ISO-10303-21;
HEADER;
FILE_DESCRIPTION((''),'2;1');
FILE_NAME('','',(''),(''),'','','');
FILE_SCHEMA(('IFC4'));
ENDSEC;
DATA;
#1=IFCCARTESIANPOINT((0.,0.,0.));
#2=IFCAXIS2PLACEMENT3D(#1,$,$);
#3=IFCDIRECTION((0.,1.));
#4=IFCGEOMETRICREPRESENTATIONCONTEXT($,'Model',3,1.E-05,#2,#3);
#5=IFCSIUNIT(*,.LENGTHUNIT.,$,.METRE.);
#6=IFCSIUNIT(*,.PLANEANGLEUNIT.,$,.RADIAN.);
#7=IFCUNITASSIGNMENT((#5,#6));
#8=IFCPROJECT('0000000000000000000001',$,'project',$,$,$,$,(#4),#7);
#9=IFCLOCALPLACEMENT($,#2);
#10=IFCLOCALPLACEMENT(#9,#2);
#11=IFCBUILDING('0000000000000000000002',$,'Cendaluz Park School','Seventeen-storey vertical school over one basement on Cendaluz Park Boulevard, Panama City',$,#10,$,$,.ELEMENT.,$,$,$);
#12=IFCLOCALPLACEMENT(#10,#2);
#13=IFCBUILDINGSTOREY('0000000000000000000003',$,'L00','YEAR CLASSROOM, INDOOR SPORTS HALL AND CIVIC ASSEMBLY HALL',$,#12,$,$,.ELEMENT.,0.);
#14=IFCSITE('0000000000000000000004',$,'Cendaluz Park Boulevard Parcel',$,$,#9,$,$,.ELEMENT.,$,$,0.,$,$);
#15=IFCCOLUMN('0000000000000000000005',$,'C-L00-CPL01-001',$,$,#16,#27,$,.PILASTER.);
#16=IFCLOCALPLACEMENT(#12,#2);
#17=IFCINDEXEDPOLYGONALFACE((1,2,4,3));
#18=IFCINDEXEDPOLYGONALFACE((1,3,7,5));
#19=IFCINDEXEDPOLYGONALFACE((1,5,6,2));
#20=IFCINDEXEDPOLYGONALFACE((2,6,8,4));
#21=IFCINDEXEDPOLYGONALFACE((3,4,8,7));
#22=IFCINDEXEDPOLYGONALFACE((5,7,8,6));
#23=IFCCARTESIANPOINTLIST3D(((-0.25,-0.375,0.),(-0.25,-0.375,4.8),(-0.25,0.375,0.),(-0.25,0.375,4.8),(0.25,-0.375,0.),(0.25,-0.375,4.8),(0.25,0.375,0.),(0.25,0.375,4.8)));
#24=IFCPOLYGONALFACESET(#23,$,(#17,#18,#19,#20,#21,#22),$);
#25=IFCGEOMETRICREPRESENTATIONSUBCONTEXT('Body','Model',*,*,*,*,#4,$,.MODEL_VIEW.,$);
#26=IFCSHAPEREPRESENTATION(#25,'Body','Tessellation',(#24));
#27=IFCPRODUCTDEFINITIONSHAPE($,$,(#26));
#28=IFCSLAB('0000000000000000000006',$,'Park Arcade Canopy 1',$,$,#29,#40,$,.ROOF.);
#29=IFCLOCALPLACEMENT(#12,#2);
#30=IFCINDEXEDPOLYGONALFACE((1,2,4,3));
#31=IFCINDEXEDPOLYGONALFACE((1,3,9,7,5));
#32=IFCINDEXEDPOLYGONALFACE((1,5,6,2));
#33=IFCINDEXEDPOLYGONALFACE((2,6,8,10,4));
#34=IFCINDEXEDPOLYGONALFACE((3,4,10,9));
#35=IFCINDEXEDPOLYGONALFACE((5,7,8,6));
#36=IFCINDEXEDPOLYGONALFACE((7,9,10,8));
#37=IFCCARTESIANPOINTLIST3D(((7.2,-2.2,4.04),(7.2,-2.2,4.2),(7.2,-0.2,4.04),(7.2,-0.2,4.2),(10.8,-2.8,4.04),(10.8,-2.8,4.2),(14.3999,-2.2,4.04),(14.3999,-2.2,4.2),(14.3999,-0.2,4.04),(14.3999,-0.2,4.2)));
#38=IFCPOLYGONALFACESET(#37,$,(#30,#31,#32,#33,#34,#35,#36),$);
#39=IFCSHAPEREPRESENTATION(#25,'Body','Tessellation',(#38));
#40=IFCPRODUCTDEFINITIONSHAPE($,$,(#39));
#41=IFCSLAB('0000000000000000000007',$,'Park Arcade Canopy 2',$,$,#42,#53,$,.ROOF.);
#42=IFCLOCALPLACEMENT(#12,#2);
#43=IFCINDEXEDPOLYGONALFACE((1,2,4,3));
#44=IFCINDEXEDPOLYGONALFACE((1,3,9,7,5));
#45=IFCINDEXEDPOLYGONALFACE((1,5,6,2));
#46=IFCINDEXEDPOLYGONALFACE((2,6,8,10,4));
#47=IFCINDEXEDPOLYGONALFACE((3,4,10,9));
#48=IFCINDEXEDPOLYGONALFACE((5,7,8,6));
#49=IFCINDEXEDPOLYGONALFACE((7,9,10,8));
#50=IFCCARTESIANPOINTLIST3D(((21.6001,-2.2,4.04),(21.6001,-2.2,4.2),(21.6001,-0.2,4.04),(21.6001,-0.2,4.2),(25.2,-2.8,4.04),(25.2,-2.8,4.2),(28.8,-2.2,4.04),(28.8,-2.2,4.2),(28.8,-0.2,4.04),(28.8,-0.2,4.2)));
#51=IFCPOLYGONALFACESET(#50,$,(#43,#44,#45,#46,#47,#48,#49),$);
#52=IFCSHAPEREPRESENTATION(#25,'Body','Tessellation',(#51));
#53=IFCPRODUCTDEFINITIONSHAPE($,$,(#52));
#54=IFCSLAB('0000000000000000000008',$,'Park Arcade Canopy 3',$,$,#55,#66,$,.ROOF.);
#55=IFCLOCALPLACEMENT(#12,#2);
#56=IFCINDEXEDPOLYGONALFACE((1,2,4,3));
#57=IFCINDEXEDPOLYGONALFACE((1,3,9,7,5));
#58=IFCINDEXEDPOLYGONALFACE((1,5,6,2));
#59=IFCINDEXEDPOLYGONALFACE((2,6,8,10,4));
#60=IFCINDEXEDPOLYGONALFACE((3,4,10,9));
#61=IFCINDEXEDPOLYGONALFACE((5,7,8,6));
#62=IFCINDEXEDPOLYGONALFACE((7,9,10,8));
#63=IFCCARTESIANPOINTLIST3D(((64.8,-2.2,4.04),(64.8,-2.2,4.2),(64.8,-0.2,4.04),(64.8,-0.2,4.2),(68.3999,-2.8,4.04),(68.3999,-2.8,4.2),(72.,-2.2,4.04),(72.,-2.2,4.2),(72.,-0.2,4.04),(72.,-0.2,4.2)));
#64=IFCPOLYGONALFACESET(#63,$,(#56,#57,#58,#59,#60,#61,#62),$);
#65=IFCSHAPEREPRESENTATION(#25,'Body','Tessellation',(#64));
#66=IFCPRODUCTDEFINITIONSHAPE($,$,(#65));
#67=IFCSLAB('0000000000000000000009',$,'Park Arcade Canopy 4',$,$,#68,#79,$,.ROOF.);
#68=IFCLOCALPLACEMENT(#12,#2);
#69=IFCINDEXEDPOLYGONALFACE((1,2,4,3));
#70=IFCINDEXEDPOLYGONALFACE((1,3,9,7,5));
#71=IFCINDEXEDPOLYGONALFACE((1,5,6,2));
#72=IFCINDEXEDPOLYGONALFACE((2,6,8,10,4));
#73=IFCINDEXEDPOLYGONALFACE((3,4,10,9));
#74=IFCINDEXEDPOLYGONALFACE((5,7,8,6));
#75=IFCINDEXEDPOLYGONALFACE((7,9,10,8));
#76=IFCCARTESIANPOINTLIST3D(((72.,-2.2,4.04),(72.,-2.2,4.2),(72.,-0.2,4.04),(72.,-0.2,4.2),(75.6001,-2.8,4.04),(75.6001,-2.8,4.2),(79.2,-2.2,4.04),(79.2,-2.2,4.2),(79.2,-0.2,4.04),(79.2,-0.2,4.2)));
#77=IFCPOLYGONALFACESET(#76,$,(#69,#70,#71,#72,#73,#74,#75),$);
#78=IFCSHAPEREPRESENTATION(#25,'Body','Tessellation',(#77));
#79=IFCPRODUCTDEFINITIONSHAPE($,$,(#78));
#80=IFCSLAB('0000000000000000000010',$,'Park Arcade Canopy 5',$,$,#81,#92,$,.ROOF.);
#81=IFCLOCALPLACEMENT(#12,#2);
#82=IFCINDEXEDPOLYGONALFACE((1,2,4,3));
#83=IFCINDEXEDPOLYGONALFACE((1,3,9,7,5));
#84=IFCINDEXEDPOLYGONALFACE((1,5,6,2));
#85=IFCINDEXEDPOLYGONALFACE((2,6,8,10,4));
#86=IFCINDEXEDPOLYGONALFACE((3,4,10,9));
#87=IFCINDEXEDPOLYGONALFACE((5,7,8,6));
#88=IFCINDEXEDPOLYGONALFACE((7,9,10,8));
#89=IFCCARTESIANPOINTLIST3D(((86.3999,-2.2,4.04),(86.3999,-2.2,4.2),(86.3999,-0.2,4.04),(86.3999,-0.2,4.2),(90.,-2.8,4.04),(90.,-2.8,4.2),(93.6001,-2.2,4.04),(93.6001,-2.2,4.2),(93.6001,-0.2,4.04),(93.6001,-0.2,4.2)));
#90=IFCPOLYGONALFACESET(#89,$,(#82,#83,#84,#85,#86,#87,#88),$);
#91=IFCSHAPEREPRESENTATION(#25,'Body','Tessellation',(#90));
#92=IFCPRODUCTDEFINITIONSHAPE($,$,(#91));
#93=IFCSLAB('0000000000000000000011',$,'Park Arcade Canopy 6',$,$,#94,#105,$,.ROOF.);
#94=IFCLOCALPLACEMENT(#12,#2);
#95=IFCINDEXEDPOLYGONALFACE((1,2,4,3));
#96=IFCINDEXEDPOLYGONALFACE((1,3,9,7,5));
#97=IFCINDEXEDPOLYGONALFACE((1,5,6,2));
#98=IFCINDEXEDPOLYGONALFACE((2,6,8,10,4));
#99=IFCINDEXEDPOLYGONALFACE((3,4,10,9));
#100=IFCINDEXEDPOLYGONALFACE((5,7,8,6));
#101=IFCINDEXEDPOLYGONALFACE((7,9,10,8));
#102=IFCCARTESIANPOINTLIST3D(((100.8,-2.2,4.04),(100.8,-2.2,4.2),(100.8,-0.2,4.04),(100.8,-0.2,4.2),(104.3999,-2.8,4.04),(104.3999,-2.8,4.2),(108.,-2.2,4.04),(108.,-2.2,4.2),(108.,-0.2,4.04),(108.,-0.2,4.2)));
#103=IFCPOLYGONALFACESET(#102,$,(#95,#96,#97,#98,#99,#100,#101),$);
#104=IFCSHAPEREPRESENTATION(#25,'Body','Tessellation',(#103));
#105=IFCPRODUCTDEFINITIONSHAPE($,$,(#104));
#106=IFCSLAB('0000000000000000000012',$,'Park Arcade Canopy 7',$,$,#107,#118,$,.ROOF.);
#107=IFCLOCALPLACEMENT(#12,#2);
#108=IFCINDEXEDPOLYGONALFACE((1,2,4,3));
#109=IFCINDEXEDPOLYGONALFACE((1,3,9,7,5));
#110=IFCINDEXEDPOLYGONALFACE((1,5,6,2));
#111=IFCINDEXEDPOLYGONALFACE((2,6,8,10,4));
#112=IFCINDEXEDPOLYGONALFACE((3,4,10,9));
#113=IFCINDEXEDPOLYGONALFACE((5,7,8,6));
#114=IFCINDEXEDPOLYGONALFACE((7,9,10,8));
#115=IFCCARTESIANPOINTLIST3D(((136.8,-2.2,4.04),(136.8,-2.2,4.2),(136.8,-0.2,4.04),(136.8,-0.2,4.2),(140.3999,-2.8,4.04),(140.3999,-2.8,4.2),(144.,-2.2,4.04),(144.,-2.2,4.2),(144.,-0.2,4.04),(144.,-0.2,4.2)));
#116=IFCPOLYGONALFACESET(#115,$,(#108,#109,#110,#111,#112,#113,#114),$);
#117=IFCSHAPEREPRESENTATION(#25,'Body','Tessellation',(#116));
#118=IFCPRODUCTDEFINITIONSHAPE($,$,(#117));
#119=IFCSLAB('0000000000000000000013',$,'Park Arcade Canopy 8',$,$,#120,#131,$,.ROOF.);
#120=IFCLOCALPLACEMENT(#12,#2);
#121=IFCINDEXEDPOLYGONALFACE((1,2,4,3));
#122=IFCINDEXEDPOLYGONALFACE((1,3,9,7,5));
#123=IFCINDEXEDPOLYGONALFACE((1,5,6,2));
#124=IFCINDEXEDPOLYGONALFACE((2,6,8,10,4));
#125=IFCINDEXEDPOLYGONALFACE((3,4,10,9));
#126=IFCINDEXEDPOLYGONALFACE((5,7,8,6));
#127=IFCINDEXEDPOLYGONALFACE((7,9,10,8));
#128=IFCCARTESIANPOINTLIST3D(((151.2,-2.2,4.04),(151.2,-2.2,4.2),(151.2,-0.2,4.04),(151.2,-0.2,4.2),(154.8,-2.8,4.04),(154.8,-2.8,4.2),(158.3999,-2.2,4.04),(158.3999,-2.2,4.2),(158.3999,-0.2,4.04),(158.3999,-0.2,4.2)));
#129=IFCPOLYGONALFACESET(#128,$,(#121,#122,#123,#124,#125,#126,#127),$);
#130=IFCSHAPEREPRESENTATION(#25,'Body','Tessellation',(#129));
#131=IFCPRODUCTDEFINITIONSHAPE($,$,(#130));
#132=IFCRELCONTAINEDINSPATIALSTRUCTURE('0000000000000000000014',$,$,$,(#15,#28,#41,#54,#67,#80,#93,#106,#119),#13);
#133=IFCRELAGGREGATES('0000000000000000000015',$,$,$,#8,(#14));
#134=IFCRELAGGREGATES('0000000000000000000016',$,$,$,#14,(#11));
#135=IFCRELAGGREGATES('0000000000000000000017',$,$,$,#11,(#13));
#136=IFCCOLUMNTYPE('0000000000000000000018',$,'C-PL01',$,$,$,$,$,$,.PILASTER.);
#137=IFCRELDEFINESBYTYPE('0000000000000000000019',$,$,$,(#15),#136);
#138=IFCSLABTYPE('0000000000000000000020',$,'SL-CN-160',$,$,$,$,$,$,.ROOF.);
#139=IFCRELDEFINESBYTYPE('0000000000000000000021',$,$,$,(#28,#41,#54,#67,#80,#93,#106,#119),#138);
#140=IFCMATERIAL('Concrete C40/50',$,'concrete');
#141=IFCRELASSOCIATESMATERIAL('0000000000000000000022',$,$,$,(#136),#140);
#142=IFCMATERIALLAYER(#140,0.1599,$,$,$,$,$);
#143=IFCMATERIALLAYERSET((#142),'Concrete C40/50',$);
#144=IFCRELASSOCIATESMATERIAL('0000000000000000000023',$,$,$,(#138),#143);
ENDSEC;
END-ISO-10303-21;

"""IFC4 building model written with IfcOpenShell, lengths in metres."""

from ifc_helpers import new_model, si_unit, direction, frame, origin, origin_with_axes, origin_2d, place, context, subcontext, project, spatial, polyline, rectangle, outline, extrude, material, layer, layer_set, material_profile, profile_set, type_object, element, save


model = new_model("IFC4")

# Units and contexts
model_context = context("Model", 3, precision=1e-05, world=origin(), true_north=direction((0.0, 1.0)))
body_context = subcontext(model_context, "Body", "Model", "MODEL_VIEW")
ifc_project = project(units=[si_unit("LENGTHUNIT", "METRE"), si_unit("PLANEANGLEUNIT", "RADIAN")], contexts=[model_context])

# Site, building, storey
site_placement = place(None, origin())
site = spatial("IfcSite", under=ifc_project, at=site_placement, Name="Cendaluz Park Boulevard Parcel", CompositionType="ELEMENT", RefElevation=0.0)
building_placement = place(site_placement, origin())
building = spatial("IfcBuilding", under=site, at=building_placement, Name="Cendaluz Park School", Description="Seventeen-storey vertical school over one basement on Cendaluz Park Boulevard, Panama City", CompositionType="ELEMENT")
storey_placement = place(building_placement, origin())
storey = spatial("IfcBuildingStorey", under=building, at=storey_placement, Name="L00", Description="YEAR CLASSROOM, INDOOR SPORTS HALL AND CIVIC ASSEMBLY HALL", CompositionType="ELEMENT", Elevation=0.0)

# Column
ifc_material_1 = material(Name="Concrete C40/50", Category="concrete")
ifc_material_profile = material_profile(ifc_material_1, rectangle(XDim=0.5, YDim=0.75, at=origin_2d()), Name="RC 500x750", Category="concrete")
ifc_profile_set = profile_set([ifc_material_profile], Name="Concrete C40/50")
column_type = type_object("IfcColumnType", Name="C-PL01", PredefinedType="PILASTER", material=ifc_profile_set)
column_placement = place(storey_placement, origin_with_axes())
element("IfcColumn", 1, at=column_placement, inside=storey, type_object=column_type, Name="C-L00-CPL01-001", PredefinedType="PILASTER", context=body_context, shape_type="SweptSolid", body=[
    extrude(rectangle(XDim=0.5, YDim=0.75, at=origin_2d()), origin(), (0.0, 0.0, 1.0), 4.8),
])

# Slabs
ifc_layer_1 = layer(ifc_material_1, 0.1599)
ifc_layer_set_1 = layer_set([ifc_layer_1], Name="Concrete C40/50")
slab_type_1 = type_object("IfcSlabType", Name="SL-CN-160", PredefinedType="ROOF", material=ifc_layer_set_1)
slab_1_placement = place(storey_placement, frame((0.0, 0.0, 4.04)))
element("IfcSlab", 2, at=slab_1_placement, inside=storey, type_object=slab_type_1, Name="Park Arcade Canopy 1", PredefinedType="ROOF", context=body_context, shape_type="SweptSolid", body=[
    extrude(outline(polyline([(7.2, -0.2), (14.3999, -0.2), (14.3999, -2.2), (10.8, -2.8), (7.2, -2.2), (7.2, -0.2)])), origin(), (0.0, 0.0, 1.0), 0.1599),
])
slab_2_placement = place(storey_placement, frame((0.0, 0.0, 4.04)))
element("IfcSlab", 3, at=slab_2_placement, inside=storey, type_object=slab_type_1, Name="Park Arcade Canopy 2", PredefinedType="ROOF", context=body_context, shape_type="SweptSolid", body=[
    extrude(outline(polyline([(21.6001, -0.2), (28.8, -0.2), (28.8, -2.2), (25.2, -2.8), (21.6001, -2.2), (21.6001, -0.2)])), origin(), (0.0, 0.0, 1.0), 0.1599),
])
slab_3_placement = place(storey_placement, frame((0.0, 0.0, 4.04)))
element("IfcSlab", 4, at=slab_3_placement, inside=storey, type_object=slab_type_1, Name="Park Arcade Canopy 3", PredefinedType="ROOF", context=body_context, shape_type="SweptSolid", body=[
    extrude(outline(polyline([(64.8, -0.2), (72.0, -0.2), (72.0, -2.2), (68.3999, -2.8), (64.8, -2.2), (64.8, -0.2)])), origin(), (0.0, 0.0, 1.0), 0.1599),
])
slab_4_placement = place(storey_placement, frame((0.0, 0.0, 4.04)))
element("IfcSlab", 5, at=slab_4_placement, inside=storey, type_object=slab_type_1, Name="Park Arcade Canopy 4", PredefinedType="ROOF", context=body_context, shape_type="SweptSolid", body=[
    extrude(outline(polyline([(72.0, -0.2), (79.2, -0.2), (79.2, -2.2), (75.6001, -2.8), (72.0, -2.2), (72.0, -0.2)])), origin(), (0.0, 0.0, 1.0), 0.1599),
])
slab_5_placement = place(storey_placement, frame((0.0, 0.0, 4.04)))
element("IfcSlab", 6, at=slab_5_placement, inside=storey, type_object=slab_type_1, Name="Park Arcade Canopy 5", PredefinedType="ROOF", context=body_context, shape_type="SweptSolid", body=[
    extrude(outline(polyline([(86.3999, -0.2), (93.6001, -0.2), (93.6001, -2.2), (90.0, -2.8), (86.3999, -2.2), (86.3999, -0.2)])), origin(), (0.0, 0.0, 1.0), 0.1599),
])
slab_6_placement = place(storey_placement, frame((0.0, 0.0, 4.04)))
element("IfcSlab", 7, at=slab_6_placement, inside=storey, type_object=slab_type_1, Name="Park Arcade Canopy 6", PredefinedType="ROOF", context=body_context, shape_type="SweptSolid", body=[
    extrude(outline(polyline([(100.8, -0.2), (108.0, -0.2), (108.0, -2.2), (104.3999, -2.8), (100.8, -2.2), (100.8, -0.2)])), origin(), (0.0, 0.0, 1.0), 0.1599),
])
slab_7_placement = place(storey_placement, frame((0.0, 0.0, 4.04)))
element("IfcSlab", 8, at=slab_7_placement, inside=storey, type_object=slab_type_1, Name="Park Arcade Canopy 7", PredefinedType="ROOF", context=body_context, shape_type="SweptSolid", body=[
    extrude(outline(polyline([(136.8, -0.2), (144.0, -0.2), (144.0, -2.2), (140.3999, -2.8), (136.8, -2.2), (136.8, -0.2)])), origin(), (0.0, 0.0, 1.0), 0.1599),
])
slab_8_placement = place(storey_placement, frame((0.0, 0.0, 4.04)))
element("IfcSlab", 9, at=slab_8_placement, inside=storey, type_object=slab_type_1, Name="Park Arcade Canopy 8", PredefinedType="ROOF", context=body_context, shape_type="SweptSolid", body=[
    extrude(outline(polyline([(151.2, -0.2), (158.3999, -0.2), (158.3999, -2.2), (154.8, -2.8), (151.2, -2.2), (151.2, -0.2)])), origin(), (0.0, 0.0, 1.0), 0.1599),
])

save(model, "model.ifc")
